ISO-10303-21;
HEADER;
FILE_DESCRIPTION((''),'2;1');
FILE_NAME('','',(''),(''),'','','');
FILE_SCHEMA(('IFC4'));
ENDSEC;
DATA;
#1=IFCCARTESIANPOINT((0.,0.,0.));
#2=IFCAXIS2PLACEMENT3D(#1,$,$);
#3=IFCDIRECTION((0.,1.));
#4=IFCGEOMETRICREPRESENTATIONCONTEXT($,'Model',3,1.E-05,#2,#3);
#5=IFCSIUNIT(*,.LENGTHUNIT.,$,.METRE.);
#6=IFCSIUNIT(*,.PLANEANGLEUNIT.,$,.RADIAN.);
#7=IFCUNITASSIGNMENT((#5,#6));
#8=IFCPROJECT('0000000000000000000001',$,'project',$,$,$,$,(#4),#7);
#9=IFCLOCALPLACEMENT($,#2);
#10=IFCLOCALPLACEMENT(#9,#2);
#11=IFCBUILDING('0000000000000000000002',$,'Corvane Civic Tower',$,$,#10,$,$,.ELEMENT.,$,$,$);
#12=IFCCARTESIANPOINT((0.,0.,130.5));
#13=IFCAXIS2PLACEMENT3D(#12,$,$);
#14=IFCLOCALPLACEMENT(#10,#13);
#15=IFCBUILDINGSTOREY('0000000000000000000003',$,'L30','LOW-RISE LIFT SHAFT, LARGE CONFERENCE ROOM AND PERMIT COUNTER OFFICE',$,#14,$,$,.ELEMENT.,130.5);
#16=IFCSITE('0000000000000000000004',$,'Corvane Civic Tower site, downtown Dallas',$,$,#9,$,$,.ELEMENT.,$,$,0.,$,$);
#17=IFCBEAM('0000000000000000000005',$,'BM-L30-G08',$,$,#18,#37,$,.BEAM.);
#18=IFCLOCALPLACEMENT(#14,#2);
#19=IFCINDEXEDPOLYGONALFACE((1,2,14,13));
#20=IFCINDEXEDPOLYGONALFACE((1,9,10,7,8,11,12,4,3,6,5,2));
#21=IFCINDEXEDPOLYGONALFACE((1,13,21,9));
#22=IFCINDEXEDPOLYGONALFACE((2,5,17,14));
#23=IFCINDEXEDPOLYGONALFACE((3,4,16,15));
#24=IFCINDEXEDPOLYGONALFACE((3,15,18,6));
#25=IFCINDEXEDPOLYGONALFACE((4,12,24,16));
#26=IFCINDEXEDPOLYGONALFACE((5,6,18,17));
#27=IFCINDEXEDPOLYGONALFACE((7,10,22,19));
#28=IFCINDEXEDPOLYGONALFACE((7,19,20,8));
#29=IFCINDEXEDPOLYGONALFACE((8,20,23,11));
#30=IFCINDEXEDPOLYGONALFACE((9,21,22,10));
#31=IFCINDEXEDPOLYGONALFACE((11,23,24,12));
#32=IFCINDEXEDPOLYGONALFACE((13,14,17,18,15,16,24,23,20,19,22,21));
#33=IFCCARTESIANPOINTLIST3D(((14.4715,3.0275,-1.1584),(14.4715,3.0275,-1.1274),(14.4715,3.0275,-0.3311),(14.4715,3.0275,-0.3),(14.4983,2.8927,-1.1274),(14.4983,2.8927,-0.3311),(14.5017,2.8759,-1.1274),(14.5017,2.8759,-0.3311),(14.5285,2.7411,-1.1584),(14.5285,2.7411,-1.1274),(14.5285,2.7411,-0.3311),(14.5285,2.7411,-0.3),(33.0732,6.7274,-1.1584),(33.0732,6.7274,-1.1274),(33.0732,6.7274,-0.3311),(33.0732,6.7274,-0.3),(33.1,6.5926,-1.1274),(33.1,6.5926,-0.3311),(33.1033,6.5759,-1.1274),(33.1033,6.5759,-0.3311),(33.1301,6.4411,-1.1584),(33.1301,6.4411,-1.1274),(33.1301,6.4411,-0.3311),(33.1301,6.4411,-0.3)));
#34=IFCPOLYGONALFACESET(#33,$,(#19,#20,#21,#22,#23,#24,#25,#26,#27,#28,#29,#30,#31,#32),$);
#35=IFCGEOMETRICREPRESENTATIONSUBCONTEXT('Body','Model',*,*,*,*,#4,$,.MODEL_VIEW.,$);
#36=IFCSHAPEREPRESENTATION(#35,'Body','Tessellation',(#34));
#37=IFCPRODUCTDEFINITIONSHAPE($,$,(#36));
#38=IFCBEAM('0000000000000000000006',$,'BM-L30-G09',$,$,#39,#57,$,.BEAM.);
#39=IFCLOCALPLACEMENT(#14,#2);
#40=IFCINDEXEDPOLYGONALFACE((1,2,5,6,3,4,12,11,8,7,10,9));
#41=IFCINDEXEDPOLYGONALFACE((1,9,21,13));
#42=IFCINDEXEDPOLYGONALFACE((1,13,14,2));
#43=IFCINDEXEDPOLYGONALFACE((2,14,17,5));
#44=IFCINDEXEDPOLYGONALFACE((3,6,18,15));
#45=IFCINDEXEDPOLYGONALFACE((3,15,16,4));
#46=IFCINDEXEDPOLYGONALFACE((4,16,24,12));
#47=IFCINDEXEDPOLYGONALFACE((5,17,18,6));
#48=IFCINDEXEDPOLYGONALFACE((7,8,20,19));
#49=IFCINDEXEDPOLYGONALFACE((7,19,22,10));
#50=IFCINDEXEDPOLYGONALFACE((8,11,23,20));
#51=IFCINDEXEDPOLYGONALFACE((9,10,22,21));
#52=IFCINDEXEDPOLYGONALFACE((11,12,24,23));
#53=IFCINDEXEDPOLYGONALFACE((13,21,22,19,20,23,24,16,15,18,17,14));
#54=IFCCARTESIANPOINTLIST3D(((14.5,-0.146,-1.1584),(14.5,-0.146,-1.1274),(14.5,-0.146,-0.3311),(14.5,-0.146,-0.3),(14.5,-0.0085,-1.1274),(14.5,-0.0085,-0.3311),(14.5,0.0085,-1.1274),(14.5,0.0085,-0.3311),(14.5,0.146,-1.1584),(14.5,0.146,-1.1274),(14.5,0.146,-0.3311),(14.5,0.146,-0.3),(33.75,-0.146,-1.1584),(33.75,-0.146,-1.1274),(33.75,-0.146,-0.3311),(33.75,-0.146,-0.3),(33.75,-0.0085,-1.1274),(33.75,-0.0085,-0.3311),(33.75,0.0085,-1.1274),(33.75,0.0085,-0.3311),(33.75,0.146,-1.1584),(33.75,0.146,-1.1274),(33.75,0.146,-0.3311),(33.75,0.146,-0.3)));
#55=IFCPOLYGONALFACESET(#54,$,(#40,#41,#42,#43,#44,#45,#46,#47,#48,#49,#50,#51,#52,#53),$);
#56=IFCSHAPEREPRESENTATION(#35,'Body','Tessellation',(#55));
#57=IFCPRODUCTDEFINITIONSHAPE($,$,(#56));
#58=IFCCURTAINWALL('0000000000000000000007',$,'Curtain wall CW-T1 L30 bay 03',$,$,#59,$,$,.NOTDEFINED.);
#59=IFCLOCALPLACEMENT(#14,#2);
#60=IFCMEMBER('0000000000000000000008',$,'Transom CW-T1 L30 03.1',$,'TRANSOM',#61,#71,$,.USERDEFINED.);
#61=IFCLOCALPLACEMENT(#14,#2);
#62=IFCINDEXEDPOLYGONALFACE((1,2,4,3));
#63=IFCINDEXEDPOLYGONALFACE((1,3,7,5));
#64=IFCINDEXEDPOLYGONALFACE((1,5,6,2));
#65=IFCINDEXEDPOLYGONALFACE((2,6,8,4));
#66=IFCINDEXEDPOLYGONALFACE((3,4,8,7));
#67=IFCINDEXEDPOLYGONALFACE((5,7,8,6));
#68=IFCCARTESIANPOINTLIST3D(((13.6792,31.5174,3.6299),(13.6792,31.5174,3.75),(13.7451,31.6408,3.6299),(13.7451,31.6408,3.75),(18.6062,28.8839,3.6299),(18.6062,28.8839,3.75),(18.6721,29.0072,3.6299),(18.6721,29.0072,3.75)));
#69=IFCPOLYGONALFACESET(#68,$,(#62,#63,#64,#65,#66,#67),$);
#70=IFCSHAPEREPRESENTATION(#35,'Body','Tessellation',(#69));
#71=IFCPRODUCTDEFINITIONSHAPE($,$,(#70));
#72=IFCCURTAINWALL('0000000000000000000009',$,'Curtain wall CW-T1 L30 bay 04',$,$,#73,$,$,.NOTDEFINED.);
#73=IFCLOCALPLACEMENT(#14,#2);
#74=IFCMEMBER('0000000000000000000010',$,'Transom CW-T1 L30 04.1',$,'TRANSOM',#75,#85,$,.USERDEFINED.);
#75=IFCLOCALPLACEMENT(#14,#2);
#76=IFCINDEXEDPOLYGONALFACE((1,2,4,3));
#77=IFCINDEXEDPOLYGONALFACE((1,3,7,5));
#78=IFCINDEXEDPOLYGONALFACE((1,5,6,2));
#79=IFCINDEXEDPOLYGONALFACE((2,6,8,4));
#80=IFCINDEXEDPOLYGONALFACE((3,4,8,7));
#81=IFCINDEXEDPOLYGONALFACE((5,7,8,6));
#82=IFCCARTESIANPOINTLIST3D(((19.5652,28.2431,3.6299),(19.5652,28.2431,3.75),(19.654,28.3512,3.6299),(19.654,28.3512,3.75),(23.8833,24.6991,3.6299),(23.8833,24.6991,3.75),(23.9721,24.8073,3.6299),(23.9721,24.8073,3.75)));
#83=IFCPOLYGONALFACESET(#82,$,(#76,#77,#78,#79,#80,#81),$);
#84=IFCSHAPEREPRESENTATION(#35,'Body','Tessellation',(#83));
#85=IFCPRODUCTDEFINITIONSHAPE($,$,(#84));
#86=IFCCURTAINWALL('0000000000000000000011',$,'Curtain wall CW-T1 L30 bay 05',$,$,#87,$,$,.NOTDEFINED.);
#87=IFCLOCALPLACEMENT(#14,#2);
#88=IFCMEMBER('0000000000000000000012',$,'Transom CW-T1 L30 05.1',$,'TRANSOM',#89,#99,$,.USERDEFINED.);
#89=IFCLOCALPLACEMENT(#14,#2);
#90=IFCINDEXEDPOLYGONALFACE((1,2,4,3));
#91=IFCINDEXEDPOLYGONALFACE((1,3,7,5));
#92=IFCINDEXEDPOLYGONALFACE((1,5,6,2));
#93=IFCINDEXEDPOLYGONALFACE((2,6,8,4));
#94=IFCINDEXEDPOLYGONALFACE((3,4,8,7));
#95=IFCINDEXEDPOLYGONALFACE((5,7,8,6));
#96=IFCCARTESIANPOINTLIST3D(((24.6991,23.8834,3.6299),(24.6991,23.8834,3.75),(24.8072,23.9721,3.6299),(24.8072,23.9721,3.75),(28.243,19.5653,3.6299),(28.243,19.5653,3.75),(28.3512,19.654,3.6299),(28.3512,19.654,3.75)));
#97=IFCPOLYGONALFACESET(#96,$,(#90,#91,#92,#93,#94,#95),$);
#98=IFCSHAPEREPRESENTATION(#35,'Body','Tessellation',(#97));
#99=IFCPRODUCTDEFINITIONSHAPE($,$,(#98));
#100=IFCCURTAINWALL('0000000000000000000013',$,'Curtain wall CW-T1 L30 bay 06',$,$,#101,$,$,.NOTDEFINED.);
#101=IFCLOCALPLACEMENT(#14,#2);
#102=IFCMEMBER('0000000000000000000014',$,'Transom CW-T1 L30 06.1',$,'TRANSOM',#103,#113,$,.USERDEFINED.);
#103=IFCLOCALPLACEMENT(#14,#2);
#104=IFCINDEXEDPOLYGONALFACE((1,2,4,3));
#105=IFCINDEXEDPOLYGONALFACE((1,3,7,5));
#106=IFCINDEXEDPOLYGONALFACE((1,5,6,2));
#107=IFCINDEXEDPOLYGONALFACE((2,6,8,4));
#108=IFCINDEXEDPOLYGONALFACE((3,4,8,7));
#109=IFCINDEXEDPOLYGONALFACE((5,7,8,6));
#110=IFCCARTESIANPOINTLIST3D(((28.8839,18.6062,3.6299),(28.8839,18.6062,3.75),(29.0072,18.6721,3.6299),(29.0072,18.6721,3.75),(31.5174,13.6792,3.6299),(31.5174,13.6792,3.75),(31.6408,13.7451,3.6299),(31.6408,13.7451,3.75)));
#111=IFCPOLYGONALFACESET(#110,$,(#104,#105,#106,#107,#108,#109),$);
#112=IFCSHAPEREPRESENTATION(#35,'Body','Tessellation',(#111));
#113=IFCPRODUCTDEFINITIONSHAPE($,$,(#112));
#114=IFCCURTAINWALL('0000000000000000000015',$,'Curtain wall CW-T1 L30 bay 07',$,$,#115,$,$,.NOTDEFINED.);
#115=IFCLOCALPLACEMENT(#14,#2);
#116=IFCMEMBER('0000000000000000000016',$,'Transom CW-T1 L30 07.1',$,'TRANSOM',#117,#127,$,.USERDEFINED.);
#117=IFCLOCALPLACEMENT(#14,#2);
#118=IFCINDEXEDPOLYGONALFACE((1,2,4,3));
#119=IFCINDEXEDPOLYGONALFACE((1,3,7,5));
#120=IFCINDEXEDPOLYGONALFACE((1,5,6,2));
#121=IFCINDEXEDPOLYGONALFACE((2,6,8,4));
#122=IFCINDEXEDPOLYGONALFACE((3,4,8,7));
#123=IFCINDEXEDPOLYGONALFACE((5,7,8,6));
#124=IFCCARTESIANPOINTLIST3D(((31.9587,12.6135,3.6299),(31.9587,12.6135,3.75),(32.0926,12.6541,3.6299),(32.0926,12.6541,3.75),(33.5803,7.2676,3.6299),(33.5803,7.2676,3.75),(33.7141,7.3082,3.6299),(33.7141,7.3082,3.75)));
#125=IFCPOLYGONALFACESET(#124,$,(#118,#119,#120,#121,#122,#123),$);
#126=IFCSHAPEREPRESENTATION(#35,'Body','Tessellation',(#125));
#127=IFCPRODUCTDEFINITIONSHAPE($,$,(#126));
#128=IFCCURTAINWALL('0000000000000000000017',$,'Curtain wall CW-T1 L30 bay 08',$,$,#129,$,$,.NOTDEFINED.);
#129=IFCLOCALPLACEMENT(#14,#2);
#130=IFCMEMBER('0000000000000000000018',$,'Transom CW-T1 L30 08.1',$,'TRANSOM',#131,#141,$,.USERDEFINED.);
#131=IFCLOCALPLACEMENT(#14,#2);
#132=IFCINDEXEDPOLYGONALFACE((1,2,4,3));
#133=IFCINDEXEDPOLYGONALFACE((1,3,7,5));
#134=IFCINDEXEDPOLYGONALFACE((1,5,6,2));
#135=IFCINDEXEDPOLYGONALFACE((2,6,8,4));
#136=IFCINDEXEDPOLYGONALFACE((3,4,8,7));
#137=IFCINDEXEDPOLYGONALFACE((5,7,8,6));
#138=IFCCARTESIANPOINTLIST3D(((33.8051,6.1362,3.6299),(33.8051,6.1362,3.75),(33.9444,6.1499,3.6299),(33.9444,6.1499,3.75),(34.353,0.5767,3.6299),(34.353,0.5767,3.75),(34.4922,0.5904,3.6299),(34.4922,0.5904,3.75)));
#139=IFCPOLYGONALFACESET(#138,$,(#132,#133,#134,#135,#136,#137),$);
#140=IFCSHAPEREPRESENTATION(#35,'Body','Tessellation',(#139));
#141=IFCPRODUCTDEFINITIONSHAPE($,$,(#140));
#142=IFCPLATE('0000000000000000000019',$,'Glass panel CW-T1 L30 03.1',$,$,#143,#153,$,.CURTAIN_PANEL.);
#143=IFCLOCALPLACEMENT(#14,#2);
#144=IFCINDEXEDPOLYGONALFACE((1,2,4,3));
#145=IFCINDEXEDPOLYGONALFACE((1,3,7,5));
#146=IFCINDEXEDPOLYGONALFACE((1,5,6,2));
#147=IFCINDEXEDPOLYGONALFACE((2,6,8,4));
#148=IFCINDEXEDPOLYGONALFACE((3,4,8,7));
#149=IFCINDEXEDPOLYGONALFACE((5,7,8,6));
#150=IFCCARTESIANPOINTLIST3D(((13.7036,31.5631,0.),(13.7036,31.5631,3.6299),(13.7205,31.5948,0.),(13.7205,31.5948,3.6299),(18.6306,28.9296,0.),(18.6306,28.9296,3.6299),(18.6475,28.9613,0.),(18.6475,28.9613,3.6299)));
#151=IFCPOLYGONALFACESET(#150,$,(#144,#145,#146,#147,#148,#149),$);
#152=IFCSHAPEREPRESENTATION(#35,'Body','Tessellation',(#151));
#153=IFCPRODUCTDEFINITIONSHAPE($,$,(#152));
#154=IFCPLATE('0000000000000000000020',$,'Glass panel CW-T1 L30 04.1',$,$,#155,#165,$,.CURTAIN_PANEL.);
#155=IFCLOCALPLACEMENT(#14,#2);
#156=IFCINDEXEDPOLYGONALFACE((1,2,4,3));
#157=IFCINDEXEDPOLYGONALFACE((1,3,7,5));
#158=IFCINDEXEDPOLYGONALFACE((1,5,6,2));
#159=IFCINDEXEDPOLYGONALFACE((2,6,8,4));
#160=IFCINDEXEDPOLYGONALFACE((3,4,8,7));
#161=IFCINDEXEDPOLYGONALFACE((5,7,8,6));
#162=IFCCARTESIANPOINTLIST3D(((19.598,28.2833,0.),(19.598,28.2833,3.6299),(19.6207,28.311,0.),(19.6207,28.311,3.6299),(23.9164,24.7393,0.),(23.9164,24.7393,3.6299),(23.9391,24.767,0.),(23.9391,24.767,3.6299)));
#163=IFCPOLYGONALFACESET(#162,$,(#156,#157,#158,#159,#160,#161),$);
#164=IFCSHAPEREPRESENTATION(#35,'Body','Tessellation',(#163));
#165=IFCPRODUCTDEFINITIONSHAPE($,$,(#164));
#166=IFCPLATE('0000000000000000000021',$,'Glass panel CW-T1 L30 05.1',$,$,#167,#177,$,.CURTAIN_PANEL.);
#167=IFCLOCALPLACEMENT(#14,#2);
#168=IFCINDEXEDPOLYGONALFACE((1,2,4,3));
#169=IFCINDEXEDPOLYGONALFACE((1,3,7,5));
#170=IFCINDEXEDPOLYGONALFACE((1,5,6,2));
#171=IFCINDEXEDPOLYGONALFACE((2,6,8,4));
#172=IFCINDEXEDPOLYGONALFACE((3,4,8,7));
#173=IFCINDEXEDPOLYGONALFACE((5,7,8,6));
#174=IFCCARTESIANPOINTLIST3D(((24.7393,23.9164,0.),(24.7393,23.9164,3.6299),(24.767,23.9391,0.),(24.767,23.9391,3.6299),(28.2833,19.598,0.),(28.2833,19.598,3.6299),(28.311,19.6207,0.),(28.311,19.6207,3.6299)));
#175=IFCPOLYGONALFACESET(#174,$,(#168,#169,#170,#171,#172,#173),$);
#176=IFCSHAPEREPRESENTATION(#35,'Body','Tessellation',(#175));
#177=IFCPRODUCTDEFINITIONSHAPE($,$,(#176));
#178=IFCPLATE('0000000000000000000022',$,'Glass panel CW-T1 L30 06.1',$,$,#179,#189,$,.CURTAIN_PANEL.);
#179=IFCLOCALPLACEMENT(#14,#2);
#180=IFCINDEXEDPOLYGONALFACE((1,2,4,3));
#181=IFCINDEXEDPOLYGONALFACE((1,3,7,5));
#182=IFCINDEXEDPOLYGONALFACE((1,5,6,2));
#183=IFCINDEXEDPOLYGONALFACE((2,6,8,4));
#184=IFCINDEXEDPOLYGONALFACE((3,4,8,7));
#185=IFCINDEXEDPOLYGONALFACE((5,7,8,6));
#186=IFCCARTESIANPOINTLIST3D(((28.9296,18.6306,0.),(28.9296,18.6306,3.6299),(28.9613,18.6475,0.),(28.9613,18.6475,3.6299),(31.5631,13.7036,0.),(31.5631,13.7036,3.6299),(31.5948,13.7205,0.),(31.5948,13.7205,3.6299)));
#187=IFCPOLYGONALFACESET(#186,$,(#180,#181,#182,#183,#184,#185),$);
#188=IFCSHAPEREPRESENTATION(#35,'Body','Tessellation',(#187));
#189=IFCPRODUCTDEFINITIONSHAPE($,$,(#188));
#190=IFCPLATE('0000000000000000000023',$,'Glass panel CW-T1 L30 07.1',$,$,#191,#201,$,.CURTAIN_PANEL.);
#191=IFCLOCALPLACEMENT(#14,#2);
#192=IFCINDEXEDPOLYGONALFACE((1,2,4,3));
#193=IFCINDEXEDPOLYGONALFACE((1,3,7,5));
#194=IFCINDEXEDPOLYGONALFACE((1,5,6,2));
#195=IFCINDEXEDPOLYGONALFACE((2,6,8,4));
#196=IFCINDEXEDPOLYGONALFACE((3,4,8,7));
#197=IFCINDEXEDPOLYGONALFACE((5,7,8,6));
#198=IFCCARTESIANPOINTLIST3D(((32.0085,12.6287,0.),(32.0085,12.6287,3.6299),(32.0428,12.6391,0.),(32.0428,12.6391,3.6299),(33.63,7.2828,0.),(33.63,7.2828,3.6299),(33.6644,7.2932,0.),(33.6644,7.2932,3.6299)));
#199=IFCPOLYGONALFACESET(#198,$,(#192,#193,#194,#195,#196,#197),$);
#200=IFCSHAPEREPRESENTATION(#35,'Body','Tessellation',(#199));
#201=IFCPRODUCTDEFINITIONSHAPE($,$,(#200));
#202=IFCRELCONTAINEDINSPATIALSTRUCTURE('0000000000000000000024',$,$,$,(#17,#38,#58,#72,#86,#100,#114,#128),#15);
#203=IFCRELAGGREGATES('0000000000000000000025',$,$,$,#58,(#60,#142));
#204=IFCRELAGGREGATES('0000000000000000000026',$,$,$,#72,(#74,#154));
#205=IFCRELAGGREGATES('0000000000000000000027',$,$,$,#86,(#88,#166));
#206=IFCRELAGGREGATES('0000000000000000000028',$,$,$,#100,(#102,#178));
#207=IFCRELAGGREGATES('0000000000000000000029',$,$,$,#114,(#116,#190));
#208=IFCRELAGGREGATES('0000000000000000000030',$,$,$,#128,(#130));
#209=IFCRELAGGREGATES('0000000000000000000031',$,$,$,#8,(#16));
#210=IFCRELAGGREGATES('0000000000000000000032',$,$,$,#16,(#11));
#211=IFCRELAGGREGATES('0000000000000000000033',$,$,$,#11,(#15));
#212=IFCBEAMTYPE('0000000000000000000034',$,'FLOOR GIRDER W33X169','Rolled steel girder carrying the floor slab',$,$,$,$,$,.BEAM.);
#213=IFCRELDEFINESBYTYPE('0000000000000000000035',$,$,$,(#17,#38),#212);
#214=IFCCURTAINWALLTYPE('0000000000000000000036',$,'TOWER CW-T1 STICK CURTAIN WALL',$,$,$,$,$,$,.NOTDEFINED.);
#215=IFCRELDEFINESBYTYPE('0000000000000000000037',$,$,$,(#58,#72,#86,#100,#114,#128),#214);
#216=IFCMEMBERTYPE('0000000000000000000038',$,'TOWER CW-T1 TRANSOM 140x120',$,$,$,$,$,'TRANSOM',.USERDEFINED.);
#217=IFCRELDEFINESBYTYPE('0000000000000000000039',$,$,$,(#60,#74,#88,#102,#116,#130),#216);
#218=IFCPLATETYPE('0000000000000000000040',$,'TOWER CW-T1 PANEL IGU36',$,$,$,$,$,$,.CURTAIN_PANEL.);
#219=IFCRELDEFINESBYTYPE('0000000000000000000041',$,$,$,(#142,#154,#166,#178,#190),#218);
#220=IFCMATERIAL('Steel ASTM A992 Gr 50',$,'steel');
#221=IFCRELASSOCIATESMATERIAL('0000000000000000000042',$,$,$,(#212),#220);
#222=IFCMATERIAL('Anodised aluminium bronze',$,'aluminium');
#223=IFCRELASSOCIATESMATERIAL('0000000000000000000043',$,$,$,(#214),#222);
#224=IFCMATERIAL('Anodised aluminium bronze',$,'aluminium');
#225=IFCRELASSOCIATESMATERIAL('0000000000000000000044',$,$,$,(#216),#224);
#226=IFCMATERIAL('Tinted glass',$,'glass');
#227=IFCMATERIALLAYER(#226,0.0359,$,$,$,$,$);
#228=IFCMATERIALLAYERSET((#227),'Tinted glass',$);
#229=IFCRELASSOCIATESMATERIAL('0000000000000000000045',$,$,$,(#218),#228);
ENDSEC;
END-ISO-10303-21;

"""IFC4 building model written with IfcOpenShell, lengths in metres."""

from ifc_helpers import new_model, si_unit, direction, frame, origin, origin_2d, place, context, subcontext, project, spatial, rectangle, i_section, extrude, material, layer, layer_set, material_profile, profile_set, type_object, element, aggregate, save


model = new_model("IFC4")

# Units and contexts
model_context = context("Model", 3, precision=1e-05, world=origin(), true_north=direction((0.0, 1.0)))
body_context = subcontext(model_context, "Body", "Model", "MODEL_VIEW")
ifc_project = project(units=[si_unit("LENGTHUNIT", "METRE"), si_unit("PLANEANGLEUNIT", "RADIAN")], contexts=[model_context])

# Site, building, storey
site_placement = place(None, origin())
site = spatial("IfcSite", under=ifc_project, at=site_placement, Name="Corvane Civic Tower site, downtown Dallas", CompositionType="ELEMENT", RefElevation=0.0)
building_placement = place(site_placement, origin())
building = spatial("IfcBuilding", under=site, at=building_placement, Name="Corvane Civic Tower", CompositionType="ELEMENT")
storey_placement = place(building_placement, frame((0.0, 0.0, 130.5)))
storey = spatial("IfcBuildingStorey", under=building, at=storey_placement, Name="L30", Description="LOW-RISE LIFT SHAFT, LARGE CONFERENCE ROOM AND PERMIT COUNTER OFFICE", CompositionType="ELEMENT", Elevation=130.5)

# Beams
ifc_material_1 = material(Name="Steel ASTM A992 Gr 50", Category="steel")
ifc_material_profile_1 = material_profile(ifc_material_1, i_section(OverallWidth=0.292, OverallDepth=0.8584, WebThickness=0.0171, FlangeThickness=0.031, at=origin_2d()), Name="W33X169")
ifc_profile_set_1 = profile_set([ifc_material_profile_1], Name="Steel ASTM A992 Gr 50")
beam_type_1 = type_object("IfcBeamType", Name="FLOOR GIRDER W33X169", Description="Rolled steel girder carrying the floor slab", PredefinedType="BEAM", material=ifc_profile_set_1)
beam_1_placement = place(storey_placement, frame((14.5, 2.8843, -0.7292), z_axis=(0.980787, 0.195084, 0.0), x_axis=(-0.195084, 0.980787, 0.0)))
element("IfcBeam", 1, at=beam_1_placement, inside=storey, type_object=beam_type_1, Name="BM-L30-G08", PredefinedType="BEAM", context=body_context, shape_type="SweptSolid", body=[
    extrude(i_section(OverallWidth=0.292, OverallDepth=0.8584, WebThickness=0.0171, FlangeThickness=0.031, at=origin_2d()), origin(), (0.0, 0.0, 1.0), 18.9661),
])
beam_2_placement = place(storey_placement, frame((14.5, 0.0, -0.7292), z_axis=(1.0, 0.0, 0.0), x_axis=(0.0, 1.0, 0.0)))
element("IfcBeam", 2, at=beam_2_placement, inside=storey, type_object=beam_type_1, Name="BM-L30-G09", PredefinedType="BEAM", context=body_context, shape_type="SweptSolid", body=[
    extrude(i_section(OverallWidth=0.292, OverallDepth=0.8584, WebThickness=0.0171, FlangeThickness=0.031, at=origin_2d()), origin(), (0.0, 0.0, 1.0), 19.25),
])

# Curtain walls, members
ifc_material_2 = material(Name="Anodised aluminium bronze", Category="aluminium")
curtain_wall_type = type_object("IfcCurtainWallType", Name="TOWER CW-T1 STICK CURTAIN WALL", PredefinedType="NOTDEFINED", material=ifc_material_2)
curtain_wall_1_placement = place(storey_placement, origin())
curtain_wall_1 = element("IfcCurtainWall", 3, at=curtain_wall_1_placement, inside=storey, type_object=curtain_wall_type, Name="Curtain wall CW-T1 L30 bay 03", PredefinedType="NOTDEFINED")
ifc_material_3 = material(Name="Anodised aluminium bronze", Category="aluminium")
ifc_material_profile_2 = material_profile(ifc_material_3, rectangle(XDim=0.1399, YDim=0.1201, at=origin_2d()), Name="TOWER CW-T1 TRANSOM 140x120")
ifc_profile_set_2 = profile_set([ifc_material_profile_2], Name="Anodised aluminium bronze")
member_type = type_object("IfcMemberType", Name="TOWER CW-T1 TRANSOM 140x120", ElementType="TRANSOM", PredefinedType="USERDEFINED", material=ifc_profile_set_2)
member_1_placement = place(storey_placement, frame((13.7122, 31.5791, 3.6899), z_axis=(0.881921, -0.471398, 0.0), x_axis=(0.471398, 0.881921, 0.0)))
member_1 = element("IfcMember", 4, at=member_1_placement, type_object=member_type, Name="Transom CW-T1 L30 03.1", ObjectType="TRANSOM", PredefinedType="USERDEFINED", context=body_context, shape_type="SweptSolid", body=[
    extrude(rectangle(XDim=0.1399, YDim=0.1201, at=origin_2d()), origin(), (0.0, 0.0, 1.0), 5.5867),
])
curtain_wall_2_placement = place(storey_placement, origin())
curtain_wall_2 = element("IfcCurtainWall", 5, at=curtain_wall_2_placement, inside=storey, type_object=curtain_wall_type, Name="Curtain wall CW-T1 L30 bay 04", PredefinedType="NOTDEFINED")
member_2_placement = place(storey_placement, frame((19.6096, 28.2971, 3.6899), z_axis=(0.772996, -0.63441, 0.0), x_axis=(0.63441, 0.772996, 0.0)))
member_2 = element("IfcMember", 6, at=member_2_placement, type_object=member_type, Name="Transom CW-T1 L30 04.1", ObjectType="TRANSOM", PredefinedType="USERDEFINED", context=body_context, shape_type="SweptSolid", body=[
    extrude(rectangle(XDim=0.1399, YDim=0.1201, at=origin_2d()), origin(), (0.0, 0.0, 1.0), 5.5862),
])
curtain_wall_3_placement = place(storey_placement, origin())
curtain_wall_3 = element("IfcCurtainWall", 7, at=curtain_wall_3_placement, inside=storey, type_object=curtain_wall_type, Name="Curtain wall CW-T1 L30 bay 05", PredefinedType="NOTDEFINED")
member_3_placement = place(storey_placement, frame((24.7532, 23.9277, 3.6899), z_axis=(0.63441, -0.772996, 0.0), x_axis=(0.772996, 0.63441, 0.0)))
member_3 = element("IfcMember", 8, at=member_3_placement, type_object=member_type, Name="Transom CW-T1 L30 05.1", ObjectType="TRANSOM", PredefinedType="USERDEFINED", context=body_context, shape_type="SweptSolid", body=[
    extrude(rectangle(XDim=0.1399, YDim=0.1201, at=origin_2d()), origin(), (0.0, 0.0, 1.0), 5.5862),
])
curtain_wall_4_placement = place(storey_placement, origin())
curtain_wall_4 = element("IfcCurtainWall", 9, at=curtain_wall_4_placement, inside=storey, type_object=curtain_wall_type, Name="Curtain wall CW-T1 L30 bay 06", PredefinedType="NOTDEFINED")
member_4_placement = place(storey_placement, frame((28.9456, 18.6392, 3.6899), z_axis=(0.471398, -0.881921, 0.0), x_axis=(0.881921, 0.471398, 0.0)))
member_4 = element("IfcMember", 10, at=member_4_placement, type_object=member_type, Name="Transom CW-T1 L30 06.1", ObjectType="TRANSOM", PredefinedType="USERDEFINED", context=body_context, shape_type="SweptSolid", body=[
    extrude(rectangle(XDim=0.1399, YDim=0.1201, at=origin_2d()), origin(), (0.0, 0.0, 1.0), 5.5867),
])
curtain_wall_5_placement = place(storey_placement, origin())
curtain_wall_5 = element("IfcCurtainWall", 11, at=curtain_wall_5_placement, inside=storey, type_object=curtain_wall_type, Name="Curtain wall CW-T1 L30 bay 07", PredefinedType="NOTDEFINED")
member_5_placement = place(storey_placement, frame((32.0256, 12.6338, 3.6899), z_axis=(0.290269, -0.956945, 0.0), x_axis=(0.956945, 0.290269, 0.0)))
member_5 = element("IfcMember", 12, at=member_5_placement, type_object=member_type, Name="Transom CW-T1 L30 07.1", ObjectType="TRANSOM", PredefinedType="USERDEFINED", context=body_context, shape_type="SweptSolid", body=[
    extrude(rectangle(XDim=0.1399, YDim=0.1201, at=origin_2d()), origin(), (0.0, 0.0, 1.0), 5.5864),
])
curtain_wall_6_placement = place(storey_placement, origin())
curtain_wall_6 = element("IfcCurtainWall", 13, at=curtain_wall_6_placement, inside=storey, type_object=curtain_wall_type, Name="Curtain wall CW-T1 L30 bay 08", PredefinedType="NOTDEFINED")
member_6_placement = place(storey_placement, frame((33.8748, 6.1431, 3.6899), z_axis=(0.098067, -0.99518, 0.0), x_axis=(0.99518, 0.098067, 0.0)))
member_6 = element("IfcMember", 14, at=member_6_placement, type_object=member_type, Name="Transom CW-T1 L30 08.1", ObjectType="TRANSOM", PredefinedType="USERDEFINED", context=body_context, shape_type="SweptSolid", body=[
    extrude(rectangle(XDim=0.1399, YDim=0.1201, at=origin_2d()), origin(), (0.0, 0.0, 1.0), 5.5864),
])

# Plates
ifc_material_4 = material(Name="Tinted glass", Category="glass")
ifc_layer_1 = layer(ifc_material_4, 0.0359)
ifc_layer_set_1 = layer_set([ifc_layer_1], Name="Tinted glass")
plate_type = type_object("IfcPlateType", Name="TOWER CW-T1 PANEL IGU36", PredefinedType="CURTAIN_PANEL", material=ifc_layer_set_1)
plate_1_placement = place(storey_placement, frame((16.1755, 30.2622, 0.0), z_axis=(0.0, 0.0, 1.0), x_axis=(0.881924, -0.471392, 0.0)))
plate_1 = element("IfcPlate", 15, at=plate_1_placement, type_object=plate_type, Name="Glass panel CW-T1 L30 03.1", PredefinedType="CURTAIN_PANEL", context=body_context, shape_type="SweptSolid", body=[
    extrude(rectangle(XDim=5.5867, YDim=0.0359, at=origin_2d()), origin(), (0.0, 0.0, 1.0), 3.6299),
])
aggregate(curtain_wall_1, [member_1, plate_1])
plate_2_placement = place(storey_placement, frame((21.7686, 26.5251, 0.0), z_axis=(0.0, 0.0, 1.0), x_axis=(0.773013, -0.63439, 0.0)))
plate_2 = element("IfcPlate", 16, at=plate_2_placement, type_object=plate_type, Name="Glass panel CW-T1 L30 04.1", PredefinedType="CURTAIN_PANEL", context=body_context, shape_type="SweptSolid", body=[
    extrude(rectangle(XDim=5.5864, YDim=0.0359, at=origin_2d()), origin(), (0.0, 0.0, 1.0), 3.6299),
])
aggregate(curtain_wall_2, [member_2, plate_2])
plate_3_placement = place(storey_placement, frame((26.5251, 21.7686, 0.0), z_axis=(0.0, 0.0, 1.0), x_axis=(0.63439, -0.773013, 0.0)))
plate_3 = element("IfcPlate", 17, at=plate_3_placement, type_object=plate_type, Name="Glass panel CW-T1 L30 05.1", PredefinedType="CURTAIN_PANEL", context=body_context, shape_type="SweptSolid", body=[
    extrude(rectangle(XDim=5.5864, YDim=0.0359, at=origin_2d()), origin(), (0.0, 0.0, 1.0), 3.6299),
])
aggregate(curtain_wall_3, [member_3, plate_3])
plate_4_placement = place(storey_placement, frame((30.2622, 16.1755, 0.0), z_axis=(0.0, 0.0, 1.0), x_axis=(0.471392, -0.881924, 0.0)))
plate_4 = element("IfcPlate", 18, at=plate_4_placement, type_object=plate_type, Name="Glass panel CW-T1 L30 06.1", PredefinedType="CURTAIN_PANEL", context=body_context, shape_type="SweptSolid", body=[
    extrude(rectangle(XDim=5.5867, YDim=0.0359, at=origin_2d()), origin(), (0.0, 0.0, 1.0), 3.6299),
])
aggregate(curtain_wall_4, [member_4, plate_4])
plate_5_placement = place(storey_placement, frame((32.8364, 9.9609, 0.0), z_axis=(0.0, 0.0, 1.0), x_axis=(0.290266, -0.956946, 0.0)))
plate_5 = element("IfcPlate", 19, at=plate_5_placement, type_object=plate_type, Name="Glass panel CW-T1 L30 07.1", PredefinedType="CURTAIN_PANEL", context=body_context, shape_type="SweptSolid", body=[
    extrude(rectangle(XDim=5.5864, YDim=0.0359, at=origin_2d()), origin(), (0.0, 0.0, 1.0), 3.6299),
])
aggregate(curtain_wall_5, [member_5, plate_5])
aggregate(curtain_wall_6, [member_6])

save(model, "model.ifc")
